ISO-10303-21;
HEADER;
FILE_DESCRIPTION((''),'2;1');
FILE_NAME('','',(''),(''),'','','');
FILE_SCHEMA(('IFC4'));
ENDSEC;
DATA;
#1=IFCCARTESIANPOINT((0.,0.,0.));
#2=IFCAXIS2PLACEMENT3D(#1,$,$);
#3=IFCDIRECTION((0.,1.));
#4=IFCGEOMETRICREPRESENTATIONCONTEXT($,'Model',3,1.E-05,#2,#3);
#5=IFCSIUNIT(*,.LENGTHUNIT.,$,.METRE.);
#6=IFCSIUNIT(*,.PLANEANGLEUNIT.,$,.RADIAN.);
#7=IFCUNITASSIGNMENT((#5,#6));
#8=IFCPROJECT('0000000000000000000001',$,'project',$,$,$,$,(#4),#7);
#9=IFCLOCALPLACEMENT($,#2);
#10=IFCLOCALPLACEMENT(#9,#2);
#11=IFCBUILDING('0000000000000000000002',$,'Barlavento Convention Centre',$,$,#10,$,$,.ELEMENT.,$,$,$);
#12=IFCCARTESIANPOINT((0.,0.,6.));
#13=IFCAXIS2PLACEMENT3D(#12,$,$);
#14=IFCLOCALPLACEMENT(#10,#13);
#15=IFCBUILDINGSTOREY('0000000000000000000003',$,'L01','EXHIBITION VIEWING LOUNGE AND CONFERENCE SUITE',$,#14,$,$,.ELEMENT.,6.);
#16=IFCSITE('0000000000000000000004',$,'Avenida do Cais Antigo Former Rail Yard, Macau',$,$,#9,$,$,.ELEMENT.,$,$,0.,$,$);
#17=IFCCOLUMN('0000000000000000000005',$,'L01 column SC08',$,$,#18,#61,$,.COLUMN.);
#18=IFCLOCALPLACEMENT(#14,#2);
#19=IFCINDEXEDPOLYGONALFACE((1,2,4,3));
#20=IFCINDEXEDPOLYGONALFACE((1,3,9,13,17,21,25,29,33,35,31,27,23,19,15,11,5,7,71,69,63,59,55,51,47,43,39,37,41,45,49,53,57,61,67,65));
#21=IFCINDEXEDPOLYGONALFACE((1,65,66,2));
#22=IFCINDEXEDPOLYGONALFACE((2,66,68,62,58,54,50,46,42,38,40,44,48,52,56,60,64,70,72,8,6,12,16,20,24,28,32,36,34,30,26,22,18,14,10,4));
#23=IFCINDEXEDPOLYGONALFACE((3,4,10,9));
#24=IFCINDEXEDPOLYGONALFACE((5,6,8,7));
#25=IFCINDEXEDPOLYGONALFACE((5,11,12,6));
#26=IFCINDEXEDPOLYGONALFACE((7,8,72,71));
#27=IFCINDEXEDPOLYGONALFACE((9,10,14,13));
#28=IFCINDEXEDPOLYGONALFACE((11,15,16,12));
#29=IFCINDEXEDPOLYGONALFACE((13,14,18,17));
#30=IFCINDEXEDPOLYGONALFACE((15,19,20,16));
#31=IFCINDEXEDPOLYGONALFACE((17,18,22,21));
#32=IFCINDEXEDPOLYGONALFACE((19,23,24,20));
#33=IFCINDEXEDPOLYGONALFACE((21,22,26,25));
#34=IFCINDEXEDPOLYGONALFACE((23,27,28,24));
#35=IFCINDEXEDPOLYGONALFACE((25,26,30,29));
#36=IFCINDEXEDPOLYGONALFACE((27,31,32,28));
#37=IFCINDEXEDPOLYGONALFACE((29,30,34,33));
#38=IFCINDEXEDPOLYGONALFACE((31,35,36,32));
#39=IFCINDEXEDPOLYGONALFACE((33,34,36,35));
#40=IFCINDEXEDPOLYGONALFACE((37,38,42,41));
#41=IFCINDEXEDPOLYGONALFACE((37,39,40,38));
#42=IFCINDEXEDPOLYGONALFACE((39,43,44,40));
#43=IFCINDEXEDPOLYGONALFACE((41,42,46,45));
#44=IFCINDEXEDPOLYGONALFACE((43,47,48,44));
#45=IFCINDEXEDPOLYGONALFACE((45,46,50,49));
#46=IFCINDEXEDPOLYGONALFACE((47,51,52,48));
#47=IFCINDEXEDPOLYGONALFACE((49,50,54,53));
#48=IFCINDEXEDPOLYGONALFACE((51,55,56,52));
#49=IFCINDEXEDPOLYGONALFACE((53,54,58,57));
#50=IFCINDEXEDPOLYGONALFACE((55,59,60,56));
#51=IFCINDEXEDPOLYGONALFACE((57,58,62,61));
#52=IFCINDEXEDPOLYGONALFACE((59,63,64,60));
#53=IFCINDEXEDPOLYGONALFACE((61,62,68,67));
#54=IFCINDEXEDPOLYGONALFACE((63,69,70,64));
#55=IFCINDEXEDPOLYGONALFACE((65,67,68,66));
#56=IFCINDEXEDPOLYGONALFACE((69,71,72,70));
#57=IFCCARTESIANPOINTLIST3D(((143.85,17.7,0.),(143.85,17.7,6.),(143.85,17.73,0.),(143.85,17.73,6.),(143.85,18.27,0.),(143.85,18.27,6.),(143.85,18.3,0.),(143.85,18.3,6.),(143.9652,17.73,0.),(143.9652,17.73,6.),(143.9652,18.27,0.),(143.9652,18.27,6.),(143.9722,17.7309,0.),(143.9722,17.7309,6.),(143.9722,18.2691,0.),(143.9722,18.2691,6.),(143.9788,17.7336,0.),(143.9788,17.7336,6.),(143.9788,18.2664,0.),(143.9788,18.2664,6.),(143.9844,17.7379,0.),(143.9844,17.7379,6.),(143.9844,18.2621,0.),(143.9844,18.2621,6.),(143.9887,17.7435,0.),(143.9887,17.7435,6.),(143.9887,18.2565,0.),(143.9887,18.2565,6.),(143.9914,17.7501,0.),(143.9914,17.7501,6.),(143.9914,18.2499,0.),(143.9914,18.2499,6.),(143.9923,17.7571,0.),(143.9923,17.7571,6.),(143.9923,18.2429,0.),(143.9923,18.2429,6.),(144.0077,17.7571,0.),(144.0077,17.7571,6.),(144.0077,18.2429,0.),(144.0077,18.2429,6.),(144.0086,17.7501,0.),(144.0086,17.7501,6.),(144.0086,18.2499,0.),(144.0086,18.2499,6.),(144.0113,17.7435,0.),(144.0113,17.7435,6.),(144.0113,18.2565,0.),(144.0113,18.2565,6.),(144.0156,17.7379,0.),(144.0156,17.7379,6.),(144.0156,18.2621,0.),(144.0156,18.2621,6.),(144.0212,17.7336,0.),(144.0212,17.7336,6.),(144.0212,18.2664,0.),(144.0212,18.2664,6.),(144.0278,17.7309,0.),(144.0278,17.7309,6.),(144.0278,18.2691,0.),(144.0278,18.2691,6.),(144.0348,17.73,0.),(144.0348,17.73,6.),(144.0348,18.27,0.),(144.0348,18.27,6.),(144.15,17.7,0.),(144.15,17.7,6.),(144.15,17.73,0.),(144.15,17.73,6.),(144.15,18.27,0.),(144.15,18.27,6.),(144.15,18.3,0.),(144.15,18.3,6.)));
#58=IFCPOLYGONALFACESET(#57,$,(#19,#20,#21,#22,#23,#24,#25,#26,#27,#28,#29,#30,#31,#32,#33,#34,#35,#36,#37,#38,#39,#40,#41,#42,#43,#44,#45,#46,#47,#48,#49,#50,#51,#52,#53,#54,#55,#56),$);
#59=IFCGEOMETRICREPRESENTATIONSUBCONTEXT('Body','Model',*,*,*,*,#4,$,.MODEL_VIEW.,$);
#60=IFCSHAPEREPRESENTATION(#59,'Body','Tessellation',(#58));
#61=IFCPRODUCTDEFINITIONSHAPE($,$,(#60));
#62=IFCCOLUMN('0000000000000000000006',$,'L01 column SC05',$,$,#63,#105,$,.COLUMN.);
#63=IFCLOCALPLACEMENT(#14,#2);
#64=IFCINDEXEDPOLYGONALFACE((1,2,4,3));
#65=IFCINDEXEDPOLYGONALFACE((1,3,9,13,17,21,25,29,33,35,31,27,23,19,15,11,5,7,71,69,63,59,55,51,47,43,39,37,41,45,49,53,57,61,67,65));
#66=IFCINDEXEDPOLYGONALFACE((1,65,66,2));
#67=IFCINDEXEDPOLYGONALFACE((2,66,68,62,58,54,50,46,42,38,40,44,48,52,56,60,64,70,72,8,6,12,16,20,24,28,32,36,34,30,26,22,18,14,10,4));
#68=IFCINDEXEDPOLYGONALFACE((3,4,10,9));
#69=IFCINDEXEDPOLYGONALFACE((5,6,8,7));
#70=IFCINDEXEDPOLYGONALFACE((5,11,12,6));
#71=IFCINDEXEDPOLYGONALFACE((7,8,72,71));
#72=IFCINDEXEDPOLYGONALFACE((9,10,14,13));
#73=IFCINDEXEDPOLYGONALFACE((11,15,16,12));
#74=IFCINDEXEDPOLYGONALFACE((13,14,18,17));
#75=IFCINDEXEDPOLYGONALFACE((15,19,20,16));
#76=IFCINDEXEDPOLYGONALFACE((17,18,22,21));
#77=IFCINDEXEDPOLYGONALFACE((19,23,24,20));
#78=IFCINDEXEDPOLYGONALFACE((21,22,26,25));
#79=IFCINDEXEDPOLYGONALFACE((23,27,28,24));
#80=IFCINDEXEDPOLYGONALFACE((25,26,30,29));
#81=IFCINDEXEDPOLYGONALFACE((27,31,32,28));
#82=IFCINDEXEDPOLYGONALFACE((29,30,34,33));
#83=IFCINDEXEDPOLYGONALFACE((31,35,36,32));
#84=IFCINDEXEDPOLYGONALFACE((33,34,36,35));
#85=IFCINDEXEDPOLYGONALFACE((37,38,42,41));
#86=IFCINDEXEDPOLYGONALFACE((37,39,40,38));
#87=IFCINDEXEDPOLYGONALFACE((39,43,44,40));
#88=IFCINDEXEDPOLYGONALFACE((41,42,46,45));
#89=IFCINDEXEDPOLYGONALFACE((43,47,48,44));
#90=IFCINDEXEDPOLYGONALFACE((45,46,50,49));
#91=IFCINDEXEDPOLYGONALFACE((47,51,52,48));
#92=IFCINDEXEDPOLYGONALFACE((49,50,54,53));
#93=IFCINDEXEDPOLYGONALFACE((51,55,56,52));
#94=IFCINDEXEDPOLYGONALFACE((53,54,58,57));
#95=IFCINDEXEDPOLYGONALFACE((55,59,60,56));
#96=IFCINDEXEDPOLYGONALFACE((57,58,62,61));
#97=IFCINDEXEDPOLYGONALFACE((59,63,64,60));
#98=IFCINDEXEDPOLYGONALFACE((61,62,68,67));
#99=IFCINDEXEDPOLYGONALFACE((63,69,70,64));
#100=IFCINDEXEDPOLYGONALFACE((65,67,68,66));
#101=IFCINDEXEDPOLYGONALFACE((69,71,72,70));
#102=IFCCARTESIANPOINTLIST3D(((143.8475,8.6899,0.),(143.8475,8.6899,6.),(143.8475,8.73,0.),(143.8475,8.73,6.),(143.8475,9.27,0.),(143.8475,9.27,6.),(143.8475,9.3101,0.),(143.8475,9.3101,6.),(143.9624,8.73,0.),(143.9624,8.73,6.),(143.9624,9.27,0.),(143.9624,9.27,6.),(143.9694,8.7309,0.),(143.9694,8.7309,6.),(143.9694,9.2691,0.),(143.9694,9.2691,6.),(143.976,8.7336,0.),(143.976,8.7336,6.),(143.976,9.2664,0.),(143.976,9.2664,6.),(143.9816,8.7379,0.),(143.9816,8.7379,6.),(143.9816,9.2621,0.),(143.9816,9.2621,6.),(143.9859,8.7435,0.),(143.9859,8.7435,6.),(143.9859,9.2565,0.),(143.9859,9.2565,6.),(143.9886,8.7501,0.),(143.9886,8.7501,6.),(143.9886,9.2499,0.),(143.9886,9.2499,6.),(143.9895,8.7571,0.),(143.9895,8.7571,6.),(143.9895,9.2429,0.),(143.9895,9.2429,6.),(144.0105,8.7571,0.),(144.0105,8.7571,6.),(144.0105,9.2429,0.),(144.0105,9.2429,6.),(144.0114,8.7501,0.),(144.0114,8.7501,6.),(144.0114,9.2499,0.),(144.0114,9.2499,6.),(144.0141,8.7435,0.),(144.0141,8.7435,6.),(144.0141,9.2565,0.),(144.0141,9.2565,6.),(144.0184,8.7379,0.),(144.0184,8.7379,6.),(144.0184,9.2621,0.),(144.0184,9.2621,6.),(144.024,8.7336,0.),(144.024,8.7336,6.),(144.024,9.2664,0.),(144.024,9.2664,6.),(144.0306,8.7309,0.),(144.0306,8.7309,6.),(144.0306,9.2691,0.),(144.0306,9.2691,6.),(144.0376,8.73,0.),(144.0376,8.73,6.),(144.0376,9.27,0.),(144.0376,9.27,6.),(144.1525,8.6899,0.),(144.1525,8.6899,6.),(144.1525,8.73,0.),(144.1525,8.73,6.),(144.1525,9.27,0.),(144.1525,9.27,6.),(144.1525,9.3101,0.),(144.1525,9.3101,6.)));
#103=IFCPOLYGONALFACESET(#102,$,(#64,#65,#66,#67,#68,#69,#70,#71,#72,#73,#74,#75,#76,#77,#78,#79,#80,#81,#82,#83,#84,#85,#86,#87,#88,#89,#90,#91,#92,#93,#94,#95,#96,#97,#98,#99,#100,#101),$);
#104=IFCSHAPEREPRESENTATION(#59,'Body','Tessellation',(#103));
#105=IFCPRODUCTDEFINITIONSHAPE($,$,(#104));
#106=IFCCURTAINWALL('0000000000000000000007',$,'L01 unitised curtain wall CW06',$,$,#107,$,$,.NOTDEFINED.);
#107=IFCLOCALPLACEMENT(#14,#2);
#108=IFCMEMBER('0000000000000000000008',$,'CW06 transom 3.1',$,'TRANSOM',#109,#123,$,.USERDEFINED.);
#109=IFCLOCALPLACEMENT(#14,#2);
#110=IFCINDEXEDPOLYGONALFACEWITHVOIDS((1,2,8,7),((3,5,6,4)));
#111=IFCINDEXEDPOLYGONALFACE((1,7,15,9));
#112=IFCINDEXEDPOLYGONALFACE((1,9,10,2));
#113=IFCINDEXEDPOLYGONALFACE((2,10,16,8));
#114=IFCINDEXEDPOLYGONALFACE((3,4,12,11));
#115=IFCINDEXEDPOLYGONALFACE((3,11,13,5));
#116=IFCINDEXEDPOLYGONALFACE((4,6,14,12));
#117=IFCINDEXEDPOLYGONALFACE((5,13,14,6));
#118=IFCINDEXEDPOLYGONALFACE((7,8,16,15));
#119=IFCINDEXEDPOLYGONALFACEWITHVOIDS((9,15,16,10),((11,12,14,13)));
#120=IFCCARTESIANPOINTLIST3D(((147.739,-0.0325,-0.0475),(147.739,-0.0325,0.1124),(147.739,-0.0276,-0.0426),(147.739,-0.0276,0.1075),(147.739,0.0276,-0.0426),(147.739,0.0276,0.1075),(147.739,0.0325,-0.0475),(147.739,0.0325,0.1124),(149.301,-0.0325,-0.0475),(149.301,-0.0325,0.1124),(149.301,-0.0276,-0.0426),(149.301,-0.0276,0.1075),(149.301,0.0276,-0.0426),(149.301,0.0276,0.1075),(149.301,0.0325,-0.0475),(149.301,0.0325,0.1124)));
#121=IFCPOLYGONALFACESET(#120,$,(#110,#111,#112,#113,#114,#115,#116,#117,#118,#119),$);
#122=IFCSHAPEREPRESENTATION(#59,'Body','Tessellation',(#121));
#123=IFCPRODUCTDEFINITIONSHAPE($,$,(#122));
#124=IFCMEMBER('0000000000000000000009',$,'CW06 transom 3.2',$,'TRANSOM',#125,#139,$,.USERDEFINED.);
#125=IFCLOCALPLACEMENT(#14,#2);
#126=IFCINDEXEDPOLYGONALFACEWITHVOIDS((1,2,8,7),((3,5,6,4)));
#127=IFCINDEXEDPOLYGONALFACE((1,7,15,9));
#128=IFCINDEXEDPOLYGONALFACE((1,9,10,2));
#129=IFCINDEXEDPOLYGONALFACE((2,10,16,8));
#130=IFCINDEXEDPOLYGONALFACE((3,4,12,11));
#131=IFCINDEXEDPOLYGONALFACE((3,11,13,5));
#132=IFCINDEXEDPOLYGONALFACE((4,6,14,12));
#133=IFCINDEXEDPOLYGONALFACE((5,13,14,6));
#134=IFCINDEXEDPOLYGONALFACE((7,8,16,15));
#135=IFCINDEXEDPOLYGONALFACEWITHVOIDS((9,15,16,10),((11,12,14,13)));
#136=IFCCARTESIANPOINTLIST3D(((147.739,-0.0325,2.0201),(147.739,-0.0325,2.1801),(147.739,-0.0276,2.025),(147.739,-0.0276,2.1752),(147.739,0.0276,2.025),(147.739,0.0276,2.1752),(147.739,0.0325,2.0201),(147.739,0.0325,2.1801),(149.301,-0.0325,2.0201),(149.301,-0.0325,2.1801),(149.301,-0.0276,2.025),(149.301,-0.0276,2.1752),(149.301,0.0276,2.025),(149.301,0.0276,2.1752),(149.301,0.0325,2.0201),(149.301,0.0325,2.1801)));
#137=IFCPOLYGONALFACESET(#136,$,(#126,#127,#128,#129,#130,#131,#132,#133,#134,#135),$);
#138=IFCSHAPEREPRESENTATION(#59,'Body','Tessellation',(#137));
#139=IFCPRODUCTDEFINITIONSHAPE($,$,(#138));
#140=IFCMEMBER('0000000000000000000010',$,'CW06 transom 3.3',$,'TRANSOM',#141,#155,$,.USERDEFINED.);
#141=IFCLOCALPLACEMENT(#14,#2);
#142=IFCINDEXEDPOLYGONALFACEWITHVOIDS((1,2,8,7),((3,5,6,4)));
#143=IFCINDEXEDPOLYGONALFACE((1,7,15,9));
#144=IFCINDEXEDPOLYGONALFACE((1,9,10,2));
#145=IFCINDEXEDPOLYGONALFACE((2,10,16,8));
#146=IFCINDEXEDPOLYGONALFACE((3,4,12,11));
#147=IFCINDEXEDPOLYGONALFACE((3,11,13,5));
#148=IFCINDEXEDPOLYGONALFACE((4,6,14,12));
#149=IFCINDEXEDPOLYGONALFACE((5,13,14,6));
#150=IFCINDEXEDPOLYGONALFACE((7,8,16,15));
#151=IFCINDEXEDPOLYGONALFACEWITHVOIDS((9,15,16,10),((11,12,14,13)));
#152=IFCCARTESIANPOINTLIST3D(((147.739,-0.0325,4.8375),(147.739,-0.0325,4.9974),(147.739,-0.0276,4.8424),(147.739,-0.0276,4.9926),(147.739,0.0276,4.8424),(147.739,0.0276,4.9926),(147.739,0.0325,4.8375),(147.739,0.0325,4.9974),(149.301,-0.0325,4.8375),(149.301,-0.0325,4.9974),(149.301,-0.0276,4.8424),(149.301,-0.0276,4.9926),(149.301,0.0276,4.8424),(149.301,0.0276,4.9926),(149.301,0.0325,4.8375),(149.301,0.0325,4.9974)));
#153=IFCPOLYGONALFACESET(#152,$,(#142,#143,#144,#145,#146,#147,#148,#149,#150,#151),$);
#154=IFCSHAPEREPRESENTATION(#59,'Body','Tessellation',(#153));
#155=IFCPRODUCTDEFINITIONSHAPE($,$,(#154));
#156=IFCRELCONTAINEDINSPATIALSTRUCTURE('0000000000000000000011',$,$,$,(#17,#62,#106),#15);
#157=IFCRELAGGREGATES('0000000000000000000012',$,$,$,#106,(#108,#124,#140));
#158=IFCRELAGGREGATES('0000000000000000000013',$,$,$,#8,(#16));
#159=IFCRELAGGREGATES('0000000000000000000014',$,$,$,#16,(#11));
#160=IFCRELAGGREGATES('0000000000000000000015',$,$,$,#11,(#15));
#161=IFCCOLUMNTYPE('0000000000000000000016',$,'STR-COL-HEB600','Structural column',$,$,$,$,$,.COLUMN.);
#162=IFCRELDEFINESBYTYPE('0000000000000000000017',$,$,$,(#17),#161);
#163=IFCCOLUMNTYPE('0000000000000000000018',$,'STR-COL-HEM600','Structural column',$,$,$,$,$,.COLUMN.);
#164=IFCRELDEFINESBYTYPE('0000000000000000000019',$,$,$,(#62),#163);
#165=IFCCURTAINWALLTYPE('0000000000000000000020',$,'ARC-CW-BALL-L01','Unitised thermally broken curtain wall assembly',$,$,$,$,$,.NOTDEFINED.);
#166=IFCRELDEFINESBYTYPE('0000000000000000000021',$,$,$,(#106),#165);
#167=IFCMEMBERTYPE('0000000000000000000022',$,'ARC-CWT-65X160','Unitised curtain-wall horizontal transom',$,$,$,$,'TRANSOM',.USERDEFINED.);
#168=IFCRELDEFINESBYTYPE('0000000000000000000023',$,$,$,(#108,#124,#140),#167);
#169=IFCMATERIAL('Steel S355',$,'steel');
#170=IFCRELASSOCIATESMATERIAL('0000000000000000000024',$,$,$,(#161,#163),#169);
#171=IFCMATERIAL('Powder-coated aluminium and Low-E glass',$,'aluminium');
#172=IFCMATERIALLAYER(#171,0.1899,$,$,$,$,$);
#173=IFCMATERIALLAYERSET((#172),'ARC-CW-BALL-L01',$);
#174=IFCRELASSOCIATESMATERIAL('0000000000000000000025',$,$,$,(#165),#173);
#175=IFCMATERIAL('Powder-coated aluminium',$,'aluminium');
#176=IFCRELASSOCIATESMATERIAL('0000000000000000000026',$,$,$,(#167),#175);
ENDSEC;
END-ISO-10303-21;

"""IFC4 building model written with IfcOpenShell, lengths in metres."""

from ifc_helpers import new_model, si_unit, direction, frame, origin, origin_2d, place, context, subcontext, project, spatial, hollow_rectangle, i_section, extrude, material, layer, layer_set, material_profile, profile_set, type_object, element, aggregate, save


model = new_model("IFC4")

# Units and contexts
model_context = context("Model", 3, precision=1e-05, world=origin(), true_north=direction((0.0, 1.0)))
body_context = subcontext(model_context, "Body", "Model", "MODEL_VIEW")
ifc_project = project(units=[si_unit("LENGTHUNIT", "METRE"), si_unit("PLANEANGLEUNIT", "RADIAN")], contexts=[model_context])

# Site, building, storey
site_placement = place(None, origin())
site = spatial("IfcSite", under=ifc_project, at=site_placement, Name="Avenida do Cais Antigo Former Rail Yard, Macau", CompositionType="ELEMENT", RefElevation=0.0)
building_placement = place(site_placement, origin())
building = spatial("IfcBuilding", under=site, at=building_placement, Name="Barlavento Convention Centre", CompositionType="ELEMENT")
storey_placement = place(building_placement, frame((0.0, 0.0, 6.0)))
storey = spatial("IfcBuildingStorey", under=building, at=storey_placement, Name="L01", Description="EXHIBITION VIEWING LOUNGE AND CONFERENCE SUITE", CompositionType="ELEMENT", Elevation=6.0)

# Columns
ifc_material_1 = material(Name="Steel S355", Category="steel")
ifc_material_profile_1 = material_profile(ifc_material_1, i_section(OverallWidth=0.3, OverallDepth=0.6001, WebThickness=0.0154, FlangeThickness=0.03, FilletRadius=0.0271, at=origin_2d()), Name="HEB 600")
ifc_profile_set_1 = profile_set([ifc_material_profile_1], Name="Steel S355")
column_type_1 = type_object("IfcColumnType", Name="STR-COL-HEB600", Description="Structural column", PredefinedType="COLUMN", material=ifc_profile_set_1)
column_1_placement = place(storey_placement, frame((144.0, 18.0, 0.0), z_axis=(0.0, 0.0, 1.0), x_axis=(1.0, 0.0, 0.0)))
element("IfcColumn", 1, at=column_1_placement, inside=storey, type_object=column_type_1, Name="L01 column SC08", PredefinedType="COLUMN", context=body_context, shape_type="SweptSolid", body=[
    extrude(i_section(OverallWidth=0.3, OverallDepth=0.6001, WebThickness=0.0154, FlangeThickness=0.03, FilletRadius=0.0271, at=origin_2d()), origin(), (0.0, 0.0, 1.0), 6.0),
])
ifc_material_profile_2 = material_profile(ifc_material_1, i_section(OverallWidth=0.3049, OverallDepth=0.6201, WebThickness=0.021, FlangeThickness=0.04, FilletRadius=0.0271, at=origin_2d()), Name="HEM 600")
ifc_profile_set_2 = profile_set([ifc_material_profile_2], Name="Steel S355")
column_type_2 = type_object("IfcColumnType", Name="STR-COL-HEM600", Description="Structural column", PredefinedType="COLUMN", material=ifc_profile_set_2)
column_2_placement = place(storey_placement, frame((144.0, 9.0, 0.0), z_axis=(0.0, 0.0, 1.0), x_axis=(1.0, 0.0, 0.0)))
element("IfcColumn", 2, at=column_2_placement, inside=storey, type_object=column_type_2, Name="L01 column SC05", PredefinedType="COLUMN", context=body_context, shape_type="SweptSolid", body=[
    extrude(i_section(OverallWidth=0.3049, OverallDepth=0.6201, WebThickness=0.021, FlangeThickness=0.04, FilletRadius=0.0271, at=origin_2d()), origin(), (0.0, 0.0, 1.0), 6.0),
])

# Curtain wall, members
ifc_material_2 = material(Name="Powder-coated aluminium and Low-E glass", Category="aluminium")
ifc_layer = layer(ifc_material_2, 0.1899)
ifc_layer_set = layer_set([ifc_layer], Name="ARC-CW-BALL-L01")
curtain_wall_type = type_object("IfcCurtainWallType", Name="ARC-CW-BALL-L01", Description="Unitised thermally broken curtain wall assembly", PredefinedType="NOTDEFINED", material=ifc_layer_set)
curtain_wall_placement = place(storey_placement, origin())
curtain_wall = element("IfcCurtainWall", 3, at=curtain_wall_placement, inside=storey, type_object=curtain_wall_type, Name="L01 unitised curtain wall CW06", PredefinedType="NOTDEFINED")
ifc_material_3 = material(Name="Powder-coated aluminium", Category="aluminium")
ifc_material_profile_3 = material_profile(ifc_material_3, hollow_rectangle(XDim=0.0649, YDim=0.1599, WallThickness=0.0049, at=origin_2d()), Name="AL-TRAN 65x160x5")
ifc_profile_set_3 = profile_set([ifc_material_profile_3], Name="Powder-coated aluminium")
member_type = type_object("IfcMemberType", Name="ARC-CWT-65X160", Description="Unitised curtain-wall horizontal transom", ElementType="TRANSOM", PredefinedType="USERDEFINED", material=ifc_profile_set_3)
member_1_placement = place(storey_placement, frame((147.739, 0.0, 0.0325), z_axis=(1.0, 0.0, 0.0), x_axis=(0.0, 1.0, 0.0)))
member_1 = element("IfcMember", 4, at=member_1_placement, type_object=member_type, Name="CW06 transom 3.1", ObjectType="TRANSOM", PredefinedType="USERDEFINED", context=body_context, shape_type="SweptSolid", body=[
    extrude(hollow_rectangle(XDim=0.0649, YDim=0.1599, WallThickness=0.0049, at=origin_2d()), origin(), (0.0, 0.0, 1.0), 1.562),
])
member_2_placement = place(storey_placement, frame((147.739, 0.0, 2.1001), z_axis=(1.0, 0.0, 0.0), x_axis=(0.0, 1.0, 0.0)))
member_2 = element("IfcMember", 5, at=member_2_placement, type_object=member_type, Name="CW06 transom 3.2", ObjectType="TRANSOM", PredefinedType="USERDEFINED", context=body_context, shape_type="SweptSolid", body=[
    extrude(hollow_rectangle(XDim=0.0649, YDim=0.1599, WallThickness=0.0049, at=origin_2d()), origin(), (0.0, 0.0, 1.0), 1.562),
])
member_3_placement = place(storey_placement, frame((147.739, 0.0, 4.9175), z_axis=(1.0, 0.0, 0.0), x_axis=(0.0, 1.0, 0.0)))
member_3 = element("IfcMember", 6, at=member_3_placement, type_object=member_type, Name="CW06 transom 3.3", ObjectType="TRANSOM", PredefinedType="USERDEFINED", context=body_context, shape_type="SweptSolid", body=[
    extrude(hollow_rectangle(XDim=0.0649, YDim=0.1599, WallThickness=0.0049, at=origin_2d()), origin(), (0.0, 0.0, 1.0), 1.562),
])
aggregate(curtain_wall, [member_1, member_2, member_3])

save(model, "model.ifc")
